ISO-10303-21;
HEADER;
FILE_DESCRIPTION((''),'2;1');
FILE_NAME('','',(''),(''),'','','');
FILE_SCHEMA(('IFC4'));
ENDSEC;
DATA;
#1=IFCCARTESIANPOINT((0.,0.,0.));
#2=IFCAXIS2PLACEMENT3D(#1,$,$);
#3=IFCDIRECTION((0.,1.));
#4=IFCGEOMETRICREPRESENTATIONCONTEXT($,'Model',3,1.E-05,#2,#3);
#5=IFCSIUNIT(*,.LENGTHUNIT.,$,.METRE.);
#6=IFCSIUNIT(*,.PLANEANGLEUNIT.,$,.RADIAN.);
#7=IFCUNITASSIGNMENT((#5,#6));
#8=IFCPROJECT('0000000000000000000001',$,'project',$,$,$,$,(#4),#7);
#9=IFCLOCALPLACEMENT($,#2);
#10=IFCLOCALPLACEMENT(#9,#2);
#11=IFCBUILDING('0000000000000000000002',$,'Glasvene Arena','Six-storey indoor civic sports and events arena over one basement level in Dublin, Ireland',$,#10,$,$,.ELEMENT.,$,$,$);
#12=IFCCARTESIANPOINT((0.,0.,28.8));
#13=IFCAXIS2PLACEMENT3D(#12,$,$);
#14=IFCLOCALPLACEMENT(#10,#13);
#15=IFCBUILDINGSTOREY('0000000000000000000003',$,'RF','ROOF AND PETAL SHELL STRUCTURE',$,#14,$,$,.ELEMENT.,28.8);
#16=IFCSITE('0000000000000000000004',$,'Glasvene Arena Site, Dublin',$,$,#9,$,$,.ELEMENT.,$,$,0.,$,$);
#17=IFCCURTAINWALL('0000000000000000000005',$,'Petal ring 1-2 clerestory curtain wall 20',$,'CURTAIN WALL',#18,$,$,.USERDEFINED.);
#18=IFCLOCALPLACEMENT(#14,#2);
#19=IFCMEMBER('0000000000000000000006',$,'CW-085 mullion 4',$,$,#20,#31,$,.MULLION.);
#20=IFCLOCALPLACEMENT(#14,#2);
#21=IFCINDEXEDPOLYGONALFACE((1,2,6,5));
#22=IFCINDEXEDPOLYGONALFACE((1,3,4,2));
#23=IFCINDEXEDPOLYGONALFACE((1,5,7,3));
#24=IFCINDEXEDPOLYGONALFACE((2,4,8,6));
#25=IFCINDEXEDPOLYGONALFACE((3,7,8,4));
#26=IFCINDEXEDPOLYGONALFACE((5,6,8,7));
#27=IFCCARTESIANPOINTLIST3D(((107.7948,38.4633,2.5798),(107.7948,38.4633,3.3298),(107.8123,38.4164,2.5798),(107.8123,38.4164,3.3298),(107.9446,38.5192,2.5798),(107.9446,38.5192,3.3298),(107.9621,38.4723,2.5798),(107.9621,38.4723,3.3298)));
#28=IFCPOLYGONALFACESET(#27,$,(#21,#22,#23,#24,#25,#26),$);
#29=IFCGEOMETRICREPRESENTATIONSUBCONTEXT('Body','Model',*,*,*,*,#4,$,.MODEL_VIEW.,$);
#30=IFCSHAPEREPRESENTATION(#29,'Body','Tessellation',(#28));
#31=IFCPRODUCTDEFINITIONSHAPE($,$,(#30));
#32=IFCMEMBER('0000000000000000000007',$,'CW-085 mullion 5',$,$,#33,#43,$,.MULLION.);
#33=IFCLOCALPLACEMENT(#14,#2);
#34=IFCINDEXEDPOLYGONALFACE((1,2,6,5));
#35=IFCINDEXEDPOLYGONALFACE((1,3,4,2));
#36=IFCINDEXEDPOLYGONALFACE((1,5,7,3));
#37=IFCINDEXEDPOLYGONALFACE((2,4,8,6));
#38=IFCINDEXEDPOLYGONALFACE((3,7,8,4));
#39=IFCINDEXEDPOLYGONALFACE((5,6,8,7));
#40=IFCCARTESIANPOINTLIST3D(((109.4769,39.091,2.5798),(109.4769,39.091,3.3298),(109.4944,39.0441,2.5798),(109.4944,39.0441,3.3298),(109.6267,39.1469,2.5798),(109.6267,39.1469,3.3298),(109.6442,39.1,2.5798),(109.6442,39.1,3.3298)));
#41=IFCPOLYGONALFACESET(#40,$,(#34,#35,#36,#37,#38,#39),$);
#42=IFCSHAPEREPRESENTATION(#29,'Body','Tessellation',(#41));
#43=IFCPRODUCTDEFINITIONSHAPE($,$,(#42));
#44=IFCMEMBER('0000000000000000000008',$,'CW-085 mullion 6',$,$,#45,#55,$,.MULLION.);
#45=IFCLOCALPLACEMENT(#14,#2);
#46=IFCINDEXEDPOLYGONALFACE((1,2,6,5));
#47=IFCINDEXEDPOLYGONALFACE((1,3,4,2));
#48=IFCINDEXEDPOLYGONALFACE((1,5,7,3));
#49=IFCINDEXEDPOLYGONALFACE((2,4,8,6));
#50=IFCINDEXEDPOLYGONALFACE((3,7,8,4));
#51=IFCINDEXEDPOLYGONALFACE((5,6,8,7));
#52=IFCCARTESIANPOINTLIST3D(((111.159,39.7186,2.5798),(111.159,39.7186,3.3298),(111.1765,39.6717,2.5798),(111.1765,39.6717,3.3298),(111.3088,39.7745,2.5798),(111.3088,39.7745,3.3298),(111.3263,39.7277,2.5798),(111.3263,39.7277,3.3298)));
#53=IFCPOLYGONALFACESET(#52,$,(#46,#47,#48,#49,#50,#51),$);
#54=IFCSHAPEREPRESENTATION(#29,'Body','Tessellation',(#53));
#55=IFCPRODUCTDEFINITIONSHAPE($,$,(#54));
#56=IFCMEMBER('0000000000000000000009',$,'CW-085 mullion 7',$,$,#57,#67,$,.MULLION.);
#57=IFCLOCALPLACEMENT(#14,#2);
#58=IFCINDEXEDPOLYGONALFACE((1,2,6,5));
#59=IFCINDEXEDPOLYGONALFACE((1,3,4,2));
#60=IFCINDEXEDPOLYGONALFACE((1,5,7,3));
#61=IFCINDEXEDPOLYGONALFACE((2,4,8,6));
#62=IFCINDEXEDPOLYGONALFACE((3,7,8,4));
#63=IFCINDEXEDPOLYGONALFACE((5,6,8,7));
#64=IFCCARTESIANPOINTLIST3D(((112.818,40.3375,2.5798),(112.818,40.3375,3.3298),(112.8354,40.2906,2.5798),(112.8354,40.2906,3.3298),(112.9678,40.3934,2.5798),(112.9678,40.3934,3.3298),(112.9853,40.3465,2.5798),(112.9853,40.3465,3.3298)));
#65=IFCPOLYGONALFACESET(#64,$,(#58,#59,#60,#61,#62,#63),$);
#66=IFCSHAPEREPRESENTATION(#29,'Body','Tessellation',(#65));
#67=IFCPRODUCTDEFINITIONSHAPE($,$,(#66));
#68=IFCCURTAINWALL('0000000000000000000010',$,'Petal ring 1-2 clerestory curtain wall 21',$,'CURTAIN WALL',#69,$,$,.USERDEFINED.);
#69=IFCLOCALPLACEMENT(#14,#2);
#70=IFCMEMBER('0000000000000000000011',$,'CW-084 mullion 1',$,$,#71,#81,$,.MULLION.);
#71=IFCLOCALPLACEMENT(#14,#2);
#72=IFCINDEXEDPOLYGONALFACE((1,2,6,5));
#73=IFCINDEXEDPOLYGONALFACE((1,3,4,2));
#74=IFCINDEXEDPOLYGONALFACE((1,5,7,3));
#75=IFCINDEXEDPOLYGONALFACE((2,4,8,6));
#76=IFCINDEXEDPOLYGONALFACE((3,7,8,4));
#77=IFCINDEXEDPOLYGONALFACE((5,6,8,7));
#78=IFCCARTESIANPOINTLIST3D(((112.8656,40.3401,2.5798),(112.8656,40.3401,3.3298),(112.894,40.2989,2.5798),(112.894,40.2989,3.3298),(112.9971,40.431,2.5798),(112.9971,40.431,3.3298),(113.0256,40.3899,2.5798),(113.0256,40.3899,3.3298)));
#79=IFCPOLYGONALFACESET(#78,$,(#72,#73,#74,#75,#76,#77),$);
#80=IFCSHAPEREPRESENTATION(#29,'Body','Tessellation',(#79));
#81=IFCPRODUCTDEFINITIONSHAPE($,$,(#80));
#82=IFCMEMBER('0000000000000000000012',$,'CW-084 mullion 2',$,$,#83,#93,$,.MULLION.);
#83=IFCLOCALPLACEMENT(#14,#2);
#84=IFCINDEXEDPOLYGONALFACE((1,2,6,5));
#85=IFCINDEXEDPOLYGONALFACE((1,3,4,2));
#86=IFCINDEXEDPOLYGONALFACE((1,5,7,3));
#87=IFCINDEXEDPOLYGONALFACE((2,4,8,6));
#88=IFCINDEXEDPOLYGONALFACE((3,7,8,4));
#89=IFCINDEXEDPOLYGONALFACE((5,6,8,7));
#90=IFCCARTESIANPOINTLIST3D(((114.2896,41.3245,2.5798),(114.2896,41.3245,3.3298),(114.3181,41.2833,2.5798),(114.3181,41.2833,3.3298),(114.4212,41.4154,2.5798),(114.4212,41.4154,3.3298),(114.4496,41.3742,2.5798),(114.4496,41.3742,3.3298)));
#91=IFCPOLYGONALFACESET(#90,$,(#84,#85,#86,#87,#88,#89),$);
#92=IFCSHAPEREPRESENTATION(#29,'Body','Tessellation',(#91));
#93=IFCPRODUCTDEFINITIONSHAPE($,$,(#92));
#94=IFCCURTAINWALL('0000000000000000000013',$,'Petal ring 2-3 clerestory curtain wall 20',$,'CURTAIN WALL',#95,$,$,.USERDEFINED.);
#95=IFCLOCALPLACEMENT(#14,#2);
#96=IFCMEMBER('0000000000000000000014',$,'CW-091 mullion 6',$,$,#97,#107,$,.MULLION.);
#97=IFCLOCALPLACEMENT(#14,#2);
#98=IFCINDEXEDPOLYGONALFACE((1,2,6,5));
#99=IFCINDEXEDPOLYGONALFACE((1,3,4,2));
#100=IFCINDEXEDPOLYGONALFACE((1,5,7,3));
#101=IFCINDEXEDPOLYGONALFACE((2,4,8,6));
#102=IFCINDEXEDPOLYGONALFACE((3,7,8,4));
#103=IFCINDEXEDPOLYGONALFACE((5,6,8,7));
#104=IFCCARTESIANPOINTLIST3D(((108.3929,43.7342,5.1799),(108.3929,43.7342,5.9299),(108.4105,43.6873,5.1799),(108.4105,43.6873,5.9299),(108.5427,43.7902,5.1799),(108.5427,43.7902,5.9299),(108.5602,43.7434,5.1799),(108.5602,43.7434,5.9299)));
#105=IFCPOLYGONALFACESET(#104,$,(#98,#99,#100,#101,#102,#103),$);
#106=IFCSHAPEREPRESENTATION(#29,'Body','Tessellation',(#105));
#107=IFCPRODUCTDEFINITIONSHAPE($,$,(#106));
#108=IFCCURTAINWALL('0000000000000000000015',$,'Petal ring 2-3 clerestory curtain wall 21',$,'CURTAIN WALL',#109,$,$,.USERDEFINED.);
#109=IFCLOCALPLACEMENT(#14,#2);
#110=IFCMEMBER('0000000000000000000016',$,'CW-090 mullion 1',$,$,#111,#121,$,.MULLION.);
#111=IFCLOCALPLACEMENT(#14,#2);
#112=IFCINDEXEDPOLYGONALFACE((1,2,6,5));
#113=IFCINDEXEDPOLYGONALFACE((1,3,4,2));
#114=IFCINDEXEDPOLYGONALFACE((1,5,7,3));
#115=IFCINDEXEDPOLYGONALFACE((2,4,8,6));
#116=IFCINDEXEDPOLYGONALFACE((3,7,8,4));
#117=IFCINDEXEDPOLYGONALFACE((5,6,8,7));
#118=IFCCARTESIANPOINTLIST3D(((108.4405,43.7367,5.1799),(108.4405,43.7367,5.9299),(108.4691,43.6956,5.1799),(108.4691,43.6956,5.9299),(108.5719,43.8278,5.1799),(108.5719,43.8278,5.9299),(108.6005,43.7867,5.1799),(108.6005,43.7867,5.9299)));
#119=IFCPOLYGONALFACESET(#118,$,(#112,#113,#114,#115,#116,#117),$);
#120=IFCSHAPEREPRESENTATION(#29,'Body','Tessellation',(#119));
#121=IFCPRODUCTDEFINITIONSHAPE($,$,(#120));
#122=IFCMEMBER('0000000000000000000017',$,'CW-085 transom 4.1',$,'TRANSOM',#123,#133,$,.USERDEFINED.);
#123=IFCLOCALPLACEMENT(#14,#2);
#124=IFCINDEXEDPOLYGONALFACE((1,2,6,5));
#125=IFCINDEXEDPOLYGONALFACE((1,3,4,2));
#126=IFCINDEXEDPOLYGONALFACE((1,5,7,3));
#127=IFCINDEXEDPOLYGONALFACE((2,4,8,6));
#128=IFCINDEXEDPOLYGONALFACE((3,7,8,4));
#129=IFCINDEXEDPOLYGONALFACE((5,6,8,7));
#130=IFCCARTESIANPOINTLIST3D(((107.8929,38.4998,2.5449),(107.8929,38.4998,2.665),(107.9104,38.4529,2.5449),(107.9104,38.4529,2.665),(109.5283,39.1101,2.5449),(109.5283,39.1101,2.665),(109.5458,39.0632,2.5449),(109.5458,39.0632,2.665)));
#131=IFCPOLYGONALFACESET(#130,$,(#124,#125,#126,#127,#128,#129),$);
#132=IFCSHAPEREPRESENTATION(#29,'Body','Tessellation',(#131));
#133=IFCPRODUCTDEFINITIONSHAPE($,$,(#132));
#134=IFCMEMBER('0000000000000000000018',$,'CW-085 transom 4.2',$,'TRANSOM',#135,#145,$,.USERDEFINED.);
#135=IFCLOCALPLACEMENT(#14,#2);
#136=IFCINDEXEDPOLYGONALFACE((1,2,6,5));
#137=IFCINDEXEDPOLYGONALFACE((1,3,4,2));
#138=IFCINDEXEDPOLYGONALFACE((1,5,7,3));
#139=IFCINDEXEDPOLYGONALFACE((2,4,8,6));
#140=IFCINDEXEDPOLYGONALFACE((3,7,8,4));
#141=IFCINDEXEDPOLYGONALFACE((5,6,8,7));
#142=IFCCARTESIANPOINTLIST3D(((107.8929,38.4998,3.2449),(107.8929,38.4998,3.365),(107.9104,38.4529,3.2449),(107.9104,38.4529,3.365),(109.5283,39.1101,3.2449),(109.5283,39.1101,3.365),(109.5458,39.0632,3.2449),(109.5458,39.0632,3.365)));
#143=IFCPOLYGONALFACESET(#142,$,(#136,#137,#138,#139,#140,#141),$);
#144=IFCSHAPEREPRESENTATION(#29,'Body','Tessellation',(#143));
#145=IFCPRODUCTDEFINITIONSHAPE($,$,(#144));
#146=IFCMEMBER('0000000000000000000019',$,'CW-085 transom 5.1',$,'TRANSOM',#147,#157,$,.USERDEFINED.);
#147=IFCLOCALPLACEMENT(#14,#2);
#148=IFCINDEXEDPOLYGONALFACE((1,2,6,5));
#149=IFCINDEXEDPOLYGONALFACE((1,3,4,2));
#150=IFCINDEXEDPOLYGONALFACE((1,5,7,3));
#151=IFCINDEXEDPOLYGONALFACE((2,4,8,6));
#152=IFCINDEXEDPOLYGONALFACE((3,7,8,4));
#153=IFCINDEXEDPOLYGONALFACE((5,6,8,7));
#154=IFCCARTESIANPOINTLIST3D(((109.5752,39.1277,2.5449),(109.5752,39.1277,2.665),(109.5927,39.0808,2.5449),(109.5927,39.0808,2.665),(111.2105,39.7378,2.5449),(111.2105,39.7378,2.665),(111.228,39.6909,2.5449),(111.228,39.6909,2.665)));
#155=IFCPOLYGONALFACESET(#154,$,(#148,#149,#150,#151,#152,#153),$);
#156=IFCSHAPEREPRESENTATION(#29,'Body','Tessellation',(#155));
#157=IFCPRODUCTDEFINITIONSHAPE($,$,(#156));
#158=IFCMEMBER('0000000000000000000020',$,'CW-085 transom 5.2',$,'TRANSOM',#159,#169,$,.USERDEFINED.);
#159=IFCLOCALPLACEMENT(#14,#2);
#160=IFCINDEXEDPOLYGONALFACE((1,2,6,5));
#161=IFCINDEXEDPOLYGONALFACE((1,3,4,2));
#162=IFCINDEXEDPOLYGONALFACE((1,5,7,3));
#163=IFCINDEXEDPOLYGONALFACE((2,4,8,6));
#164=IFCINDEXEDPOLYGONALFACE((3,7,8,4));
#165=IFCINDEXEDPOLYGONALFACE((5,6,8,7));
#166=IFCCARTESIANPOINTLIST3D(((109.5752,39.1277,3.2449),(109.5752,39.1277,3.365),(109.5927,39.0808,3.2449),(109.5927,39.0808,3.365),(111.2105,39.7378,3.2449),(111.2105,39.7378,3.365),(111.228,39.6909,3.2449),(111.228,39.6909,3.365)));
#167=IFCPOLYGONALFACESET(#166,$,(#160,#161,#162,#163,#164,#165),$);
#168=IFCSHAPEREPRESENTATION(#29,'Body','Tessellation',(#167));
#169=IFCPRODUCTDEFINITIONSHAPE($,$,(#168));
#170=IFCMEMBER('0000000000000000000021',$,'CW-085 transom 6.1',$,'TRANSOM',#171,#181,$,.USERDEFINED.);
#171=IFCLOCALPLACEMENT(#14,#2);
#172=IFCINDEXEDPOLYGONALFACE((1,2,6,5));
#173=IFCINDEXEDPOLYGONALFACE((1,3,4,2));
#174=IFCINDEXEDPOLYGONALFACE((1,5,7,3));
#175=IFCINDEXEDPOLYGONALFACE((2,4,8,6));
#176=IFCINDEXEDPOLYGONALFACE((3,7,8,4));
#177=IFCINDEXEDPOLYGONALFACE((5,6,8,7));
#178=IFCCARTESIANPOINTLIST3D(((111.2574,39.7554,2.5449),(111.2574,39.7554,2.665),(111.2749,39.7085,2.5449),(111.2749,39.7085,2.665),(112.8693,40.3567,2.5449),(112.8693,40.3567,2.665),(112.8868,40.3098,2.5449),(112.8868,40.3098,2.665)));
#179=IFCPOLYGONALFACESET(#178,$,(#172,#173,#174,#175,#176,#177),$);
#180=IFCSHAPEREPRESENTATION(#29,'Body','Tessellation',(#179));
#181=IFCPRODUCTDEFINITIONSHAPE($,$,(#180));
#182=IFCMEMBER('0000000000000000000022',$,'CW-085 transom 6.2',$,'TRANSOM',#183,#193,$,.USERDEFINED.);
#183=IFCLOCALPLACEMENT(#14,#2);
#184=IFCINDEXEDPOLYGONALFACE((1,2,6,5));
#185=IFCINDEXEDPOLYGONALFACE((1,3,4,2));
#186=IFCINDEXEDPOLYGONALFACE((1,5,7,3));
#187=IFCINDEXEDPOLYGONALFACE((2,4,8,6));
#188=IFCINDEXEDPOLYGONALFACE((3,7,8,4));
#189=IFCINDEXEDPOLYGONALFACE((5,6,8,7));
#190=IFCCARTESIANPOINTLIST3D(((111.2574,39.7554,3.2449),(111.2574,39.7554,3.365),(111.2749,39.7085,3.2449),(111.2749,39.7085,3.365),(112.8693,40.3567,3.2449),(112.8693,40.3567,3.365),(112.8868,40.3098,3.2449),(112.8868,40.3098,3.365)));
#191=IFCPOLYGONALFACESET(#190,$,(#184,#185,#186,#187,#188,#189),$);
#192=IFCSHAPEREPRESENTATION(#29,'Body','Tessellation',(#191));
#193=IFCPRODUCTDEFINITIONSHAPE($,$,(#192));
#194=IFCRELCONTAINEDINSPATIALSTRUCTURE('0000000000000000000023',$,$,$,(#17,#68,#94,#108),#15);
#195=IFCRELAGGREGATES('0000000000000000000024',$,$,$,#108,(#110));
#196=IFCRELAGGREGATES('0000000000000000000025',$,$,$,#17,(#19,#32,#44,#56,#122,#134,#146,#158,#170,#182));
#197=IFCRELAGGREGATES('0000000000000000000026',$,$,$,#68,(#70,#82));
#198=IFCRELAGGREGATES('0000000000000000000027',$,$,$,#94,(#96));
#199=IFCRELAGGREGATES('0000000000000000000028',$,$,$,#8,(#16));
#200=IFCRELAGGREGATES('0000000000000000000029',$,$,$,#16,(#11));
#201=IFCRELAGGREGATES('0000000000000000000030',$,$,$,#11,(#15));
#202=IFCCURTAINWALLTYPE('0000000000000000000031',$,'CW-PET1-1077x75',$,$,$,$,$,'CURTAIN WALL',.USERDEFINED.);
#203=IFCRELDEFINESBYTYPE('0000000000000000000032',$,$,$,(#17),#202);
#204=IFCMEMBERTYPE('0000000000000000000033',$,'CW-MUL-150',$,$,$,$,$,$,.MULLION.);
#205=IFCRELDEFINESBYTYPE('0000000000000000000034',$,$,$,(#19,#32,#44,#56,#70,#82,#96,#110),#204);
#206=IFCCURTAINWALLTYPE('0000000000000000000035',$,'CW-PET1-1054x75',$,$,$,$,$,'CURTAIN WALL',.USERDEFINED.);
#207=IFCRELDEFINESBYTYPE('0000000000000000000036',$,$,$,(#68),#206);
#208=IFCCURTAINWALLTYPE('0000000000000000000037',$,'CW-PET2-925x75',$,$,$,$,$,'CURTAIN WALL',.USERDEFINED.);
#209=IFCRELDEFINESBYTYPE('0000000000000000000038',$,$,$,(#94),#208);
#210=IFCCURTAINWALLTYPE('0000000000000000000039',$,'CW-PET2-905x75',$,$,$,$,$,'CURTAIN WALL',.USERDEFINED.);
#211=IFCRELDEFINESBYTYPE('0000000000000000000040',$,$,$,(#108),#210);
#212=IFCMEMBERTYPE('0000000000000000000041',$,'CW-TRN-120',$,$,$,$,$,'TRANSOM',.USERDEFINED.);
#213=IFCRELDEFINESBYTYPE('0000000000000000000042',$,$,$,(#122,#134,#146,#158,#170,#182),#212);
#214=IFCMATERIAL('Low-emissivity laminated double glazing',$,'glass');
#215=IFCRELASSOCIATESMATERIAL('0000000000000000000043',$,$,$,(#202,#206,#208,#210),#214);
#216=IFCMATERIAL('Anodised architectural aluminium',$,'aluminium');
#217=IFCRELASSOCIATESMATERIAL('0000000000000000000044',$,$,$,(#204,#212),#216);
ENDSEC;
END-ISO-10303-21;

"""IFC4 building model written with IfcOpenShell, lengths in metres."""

from ifc_helpers import new_model, si_unit, direction, frame, origin, origin_2d, place, context, subcontext, project, spatial, rectangle, extrude, material, material_profile, profile_set, type_object, element, aggregate, save


model = new_model("IFC4")

# Units and contexts
model_context = context("Model", 3, precision=1e-05, world=origin(), true_north=direction((0.0, 1.0)))
body_context = subcontext(model_context, "Body", "Model", "MODEL_VIEW")
ifc_project = project(units=[si_unit("LENGTHUNIT", "METRE"), si_unit("PLANEANGLEUNIT", "RADIAN")], contexts=[model_context])

# Site, building, storey
site_placement = place(None, origin())
site = spatial("IfcSite", under=ifc_project, at=site_placement, Name="Glasvene Arena Site, Dublin", CompositionType="ELEMENT", RefElevation=0.0)
building_placement = place(site_placement, origin())
building = spatial("IfcBuilding", under=site, at=building_placement, Name="Glasvene Arena", Description="Six-storey indoor civic sports and events arena over one basement level in Dublin, Ireland", CompositionType="ELEMENT")
storey_placement = place(building_placement, frame((0.0, 0.0, 28.8)))
storey = spatial("IfcBuildingStorey", under=building, at=storey_placement, Name="RF", Description="ROOF AND PETAL SHELL STRUCTURE", CompositionType="ELEMENT", Elevation=28.8)

# Curtain walls, members
ifc_material_1 = material(Name="Low-emissivity laminated double glazing", Category="glass")
curtain_wall_type_1 = type_object("IfcCurtainWallType", Name="CW-PET1-1077x75", ElementType="CURTAIN WALL", PredefinedType="USERDEFINED", material=ifc_material_1)
curtain_wall_1_placement = place(storey_placement, frame((102.8315, 36.5847, 0.0)))
curtain_wall_1 = element("IfcCurtainWall", 1, at=curtain_wall_1_placement, inside=storey, type_object=curtain_wall_type_1, Name="Petal ring 1-2 clerestory curtain wall 20", ObjectType="CURTAIN WALL", PredefinedType="USERDEFINED")
ifc_material_2 = material(Name="Anodised architectural aluminium", Category="aluminium")
ifc_material_profile_1 = material_profile(ifc_material_2, rectangle(XDim=0.05, YDim=0.1599, at=origin_2d()), Name="ALU MULLION 50x160")
ifc_profile_set_1 = profile_set([ifc_material_profile_1], Name="Anodised architectural aluminium")
member_type_1 = type_object("IfcMemberType", Name="CW-MUL-150", PredefinedType="MULLION", material=ifc_profile_set_1)
member_1_placement = place(storey_placement, frame((107.8784, 38.4678, 2.5798), z_axis=(0.0, 0.0, 1.0), x_axis=(-0.349591, 0.936902, 0.0)))
member_1 = element("IfcMember", 2, at=member_1_placement, type_object=member_type_1, Name="CW-085 mullion 4", PredefinedType="MULLION", context=body_context, shape_type="SweptSolid", body=[
    extrude(rectangle(XDim=0.05, YDim=0.1599, at=origin_2d()), origin(), (0.0, 0.0, 1.0), 0.75),
])
member_2_placement = place(storey_placement, frame((109.5605, 39.0955, 2.5798), z_axis=(0.0, 0.0, 1.0), x_axis=(-0.349591, 0.936902, 0.0)))
member_2 = element("IfcMember", 3, at=member_2_placement, type_object=member_type_1, Name="CW-085 mullion 5", PredefinedType="MULLION", context=body_context, shape_type="SweptSolid", body=[
    extrude(rectangle(XDim=0.05, YDim=0.1599, at=origin_2d()), origin(), (0.0, 0.0, 1.0), 0.75),
])
member_3_placement = place(storey_placement, frame((111.2427, 39.7231, 2.5798), z_axis=(0.0, 0.0, 1.0), x_axis=(-0.349591, 0.936902, 0.0)))
member_3 = element("IfcMember", 4, at=member_3_placement, type_object=member_type_1, Name="CW-085 mullion 6", PredefinedType="MULLION", context=body_context, shape_type="SweptSolid", body=[
    extrude(rectangle(XDim=0.05, YDim=0.1599, at=origin_2d()), origin(), (0.0, 0.0, 1.0), 0.75),
])
member_4_placement = place(storey_placement, frame((112.9016, 40.342, 2.5798), z_axis=(0.0, 0.0, 1.0), x_axis=(-0.349591, 0.936902, 0.0)))
member_4 = element("IfcMember", 5, at=member_4_placement, type_object=member_type_1, Name="CW-085 mullion 7", PredefinedType="MULLION", context=body_context, shape_type="SweptSolid", body=[
    extrude(rectangle(XDim=0.05, YDim=0.1599, at=origin_2d()), origin(), (0.0, 0.0, 1.0), 0.75),
])
curtain_wall_type_2 = type_object("IfcCurtainWallType", Name="CW-PET1-1054x75", ElementType="CURTAIN WALL", PredefinedType="USERDEFINED", material=ifc_material_1)
curtain_wall_2_placement = place(storey_placement, frame((112.925, 40.3508, 0.0)))
curtain_wall_2 = element("IfcCurtainWall", 6, at=curtain_wall_2_placement, inside=storey, type_object=curtain_wall_type_2, Name="Petal ring 1-2 clerestory curtain wall 21", ObjectType="CURTAIN WALL", PredefinedType="USERDEFINED")
member_5_placement = place(storey_placement, frame((112.9456, 40.365, 2.5798), z_axis=(0.0, 0.0, 1.0), x_axis=(-0.568619, 0.822601, 0.0)))
member_5 = element("IfcMember", 7, at=member_5_placement, type_object=member_type_1, Name="CW-084 mullion 1", PredefinedType="MULLION", context=body_context, shape_type="SweptSolid", body=[
    extrude(rectangle(XDim=0.05, YDim=0.1599, at=origin_2d()), origin(), (0.0, 0.0, 1.0), 0.75),
])
member_6_placement = place(storey_placement, frame((114.3696, 41.3494, 2.5798), z_axis=(0.0, 0.0, 1.0), x_axis=(-0.568619, 0.822601, 0.0)))
member_6 = element("IfcMember", 8, at=member_6_placement, type_object=member_type_1, Name="CW-084 mullion 2", PredefinedType="MULLION", context=body_context, shape_type="SweptSolid", body=[
    extrude(rectangle(XDim=0.05, YDim=0.1599, at=origin_2d()), origin(), (0.0, 0.0, 1.0), 0.75),
])

# Curtain walls, members
curtain_wall_type_3 = type_object("IfcCurtainWallType", Name="CW-PET2-925x75", ElementType="CURTAIN WALL", PredefinedType="USERDEFINED", material=ifc_material_1)
curtain_wall_3_placement = place(storey_placement, frame((99.8416, 40.5056, 0.0)))
curtain_wall_3 = element("IfcCurtainWall", 9, at=curtain_wall_3_placement, inside=storey, type_object=curtain_wall_type_3, Name="Petal ring 2-3 clerestory curtain wall 20", ObjectType="CURTAIN WALL", PredefinedType="USERDEFINED")
member_7_placement = place(storey_placement, frame((108.4766, 43.7388, 5.1799), z_axis=(0.0, 0.0, 1.0), x_axis=(-0.35064, 0.93651, 0.0)))
member_7 = element("IfcMember", 10, at=member_7_placement, type_object=member_type_1, Name="CW-091 mullion 6", PredefinedType="MULLION", context=body_context, shape_type="SweptSolid", body=[
    extrude(rectangle(XDim=0.05, YDim=0.1599, at=origin_2d()), origin(), (0.0, 0.0, 1.0), 0.75),
])
curtain_wall_type_4 = type_object("IfcCurtainWallType", Name="CW-PET2-905x75", ElementType="CURTAIN WALL", PredefinedType="USERDEFINED", material=ifc_material_1)
curtain_wall_4_placement = place(storey_placement, frame((108.5, 43.7476, 0.0)))
curtain_wall_4 = element("IfcCurtainWall", 11, at=curtain_wall_4_placement, inside=storey, type_object=curtain_wall_type_4, Name="Petal ring 2-3 clerestory curtain wall 21", ObjectType="CURTAIN WALL", PredefinedType="USERDEFINED")
member_8_placement = place(storey_placement, frame((108.5205, 43.7617, 5.1799), z_axis=(0.0, 0.0, 1.0), x_axis=(-0.569921, 0.821699, 0.0)))
member_8 = element("IfcMember", 12, at=member_8_placement, type_object=member_type_1, Name="CW-090 mullion 1", PredefinedType="MULLION", context=body_context, shape_type="SweptSolid", body=[
    extrude(rectangle(XDim=0.05, YDim=0.1599, at=origin_2d()), origin(), (0.0, 0.0, 1.0), 0.75),
])

# Members
ifc_material_profile_2 = material_profile(ifc_material_2, rectangle(XDim=0.05, YDim=0.1201, at=origin_2d()), Name="ALU TRANSOM 50x120")
ifc_profile_set_2 = profile_set([ifc_material_profile_2], Name="Anodised architectural aluminium")
member_type_2 = type_object("IfcMemberType", Name="CW-TRN-120", ElementType="TRANSOM", PredefinedType="USERDEFINED", material=ifc_profile_set_2)
member_9_placement = place(storey_placement, frame((107.9016, 38.4763, 2.605), z_axis=(0.936885, 0.349636, 0.0), x_axis=(-0.349636, 0.936885, 0.0)))
member_9 = element("IfcMember", 13, at=member_9_placement, type_object=member_type_2, Name="CW-085 transom 4.1", ObjectType="TRANSOM", PredefinedType="USERDEFINED", context=body_context, shape_type="SweptSolid", body=[
    extrude(rectangle(XDim=0.05, YDim=0.1201, at=origin_2d()), origin(), (0.0, 0.0, 1.0), 1.7456),
])
member_10_placement = place(storey_placement, frame((107.9016, 38.4763, 3.3049), z_axis=(0.936885, 0.349636, 0.0), x_axis=(-0.349636, 0.936885, 0.0)))
member_10 = element("IfcMember", 14, at=member_10_placement, type_object=member_type_2, Name="CW-085 transom 4.2", ObjectType="TRANSOM", PredefinedType="USERDEFINED", context=body_context, shape_type="SweptSolid", body=[
    extrude(rectangle(XDim=0.05, YDim=0.1201, at=origin_2d()), origin(), (0.0, 0.0, 1.0), 1.7456),
])
member_11_placement = place(storey_placement, frame((109.584, 39.1042, 2.605), z_axis=(0.936914, 0.349559, 0.0), x_axis=(-0.349559, 0.936914, 0.0)))
member_11 = element("IfcMember", 15, at=member_11_placement, type_object=member_type_2, Name="CW-085 transom 5.1", ObjectType="TRANSOM", PredefinedType="USERDEFINED", context=body_context, shape_type="SweptSolid", body=[
    extrude(rectangle(XDim=0.05, YDim=0.1201, at=origin_2d()), origin(), (0.0, 0.0, 1.0), 1.7454),
])
member_12_placement = place(storey_placement, frame((109.584, 39.1042, 3.3049), z_axis=(0.936914, 0.349559, 0.0), x_axis=(-0.349559, 0.936914, 0.0)))
member_12 = element("IfcMember", 16, at=member_12_placement, type_object=member_type_2, Name="CW-085 transom 5.2", ObjectType="TRANSOM", PredefinedType="USERDEFINED", context=body_context, shape_type="SweptSolid", body=[
    extrude(rectangle(XDim=0.05, YDim=0.1201, at=origin_2d()), origin(), (0.0, 0.0, 1.0), 1.7454),
])
member_13_placement = place(storey_placement, frame((111.2661, 39.7319, 2.605), z_axis=(0.93694, 0.34949, 0.0), x_axis=(-0.34949, 0.93694, 0.0)))
member_13 = element("IfcMember", 17, at=member_13_placement, type_object=member_type_2, Name="CW-085 transom 6.1", ObjectType="TRANSOM", PredefinedType="USERDEFINED", context=body_context, shape_type="SweptSolid", body=[
    extrude(rectangle(XDim=0.05, YDim=0.1201, at=origin_2d()), origin(), (0.0, 0.0, 1.0), 1.7205),
])
member_14_placement = place(storey_placement, frame((111.2661, 39.7319, 3.3049), z_axis=(0.93694, 0.34949, 0.0), x_axis=(-0.34949, 0.93694, 0.0)))
member_14 = element("IfcMember", 18, at=member_14_placement, type_object=member_type_2, Name="CW-085 transom 6.2", ObjectType="TRANSOM", PredefinedType="USERDEFINED", context=body_context, shape_type="SweptSolid", body=[
    extrude(rectangle(XDim=0.05, YDim=0.1201, at=origin_2d()), origin(), (0.0, 0.0, 1.0), 1.7205),
])
aggregate(curtain_wall_4, [member_8])

aggregate(curtain_wall_1, [member_1, member_2, member_3, member_4, member_9, member_10, member_11, member_12, member_13, member_14])
aggregate(curtain_wall_2, [member_5, member_6])
aggregate(curtain_wall_3, [member_7])

save(model, "model.ifc")
